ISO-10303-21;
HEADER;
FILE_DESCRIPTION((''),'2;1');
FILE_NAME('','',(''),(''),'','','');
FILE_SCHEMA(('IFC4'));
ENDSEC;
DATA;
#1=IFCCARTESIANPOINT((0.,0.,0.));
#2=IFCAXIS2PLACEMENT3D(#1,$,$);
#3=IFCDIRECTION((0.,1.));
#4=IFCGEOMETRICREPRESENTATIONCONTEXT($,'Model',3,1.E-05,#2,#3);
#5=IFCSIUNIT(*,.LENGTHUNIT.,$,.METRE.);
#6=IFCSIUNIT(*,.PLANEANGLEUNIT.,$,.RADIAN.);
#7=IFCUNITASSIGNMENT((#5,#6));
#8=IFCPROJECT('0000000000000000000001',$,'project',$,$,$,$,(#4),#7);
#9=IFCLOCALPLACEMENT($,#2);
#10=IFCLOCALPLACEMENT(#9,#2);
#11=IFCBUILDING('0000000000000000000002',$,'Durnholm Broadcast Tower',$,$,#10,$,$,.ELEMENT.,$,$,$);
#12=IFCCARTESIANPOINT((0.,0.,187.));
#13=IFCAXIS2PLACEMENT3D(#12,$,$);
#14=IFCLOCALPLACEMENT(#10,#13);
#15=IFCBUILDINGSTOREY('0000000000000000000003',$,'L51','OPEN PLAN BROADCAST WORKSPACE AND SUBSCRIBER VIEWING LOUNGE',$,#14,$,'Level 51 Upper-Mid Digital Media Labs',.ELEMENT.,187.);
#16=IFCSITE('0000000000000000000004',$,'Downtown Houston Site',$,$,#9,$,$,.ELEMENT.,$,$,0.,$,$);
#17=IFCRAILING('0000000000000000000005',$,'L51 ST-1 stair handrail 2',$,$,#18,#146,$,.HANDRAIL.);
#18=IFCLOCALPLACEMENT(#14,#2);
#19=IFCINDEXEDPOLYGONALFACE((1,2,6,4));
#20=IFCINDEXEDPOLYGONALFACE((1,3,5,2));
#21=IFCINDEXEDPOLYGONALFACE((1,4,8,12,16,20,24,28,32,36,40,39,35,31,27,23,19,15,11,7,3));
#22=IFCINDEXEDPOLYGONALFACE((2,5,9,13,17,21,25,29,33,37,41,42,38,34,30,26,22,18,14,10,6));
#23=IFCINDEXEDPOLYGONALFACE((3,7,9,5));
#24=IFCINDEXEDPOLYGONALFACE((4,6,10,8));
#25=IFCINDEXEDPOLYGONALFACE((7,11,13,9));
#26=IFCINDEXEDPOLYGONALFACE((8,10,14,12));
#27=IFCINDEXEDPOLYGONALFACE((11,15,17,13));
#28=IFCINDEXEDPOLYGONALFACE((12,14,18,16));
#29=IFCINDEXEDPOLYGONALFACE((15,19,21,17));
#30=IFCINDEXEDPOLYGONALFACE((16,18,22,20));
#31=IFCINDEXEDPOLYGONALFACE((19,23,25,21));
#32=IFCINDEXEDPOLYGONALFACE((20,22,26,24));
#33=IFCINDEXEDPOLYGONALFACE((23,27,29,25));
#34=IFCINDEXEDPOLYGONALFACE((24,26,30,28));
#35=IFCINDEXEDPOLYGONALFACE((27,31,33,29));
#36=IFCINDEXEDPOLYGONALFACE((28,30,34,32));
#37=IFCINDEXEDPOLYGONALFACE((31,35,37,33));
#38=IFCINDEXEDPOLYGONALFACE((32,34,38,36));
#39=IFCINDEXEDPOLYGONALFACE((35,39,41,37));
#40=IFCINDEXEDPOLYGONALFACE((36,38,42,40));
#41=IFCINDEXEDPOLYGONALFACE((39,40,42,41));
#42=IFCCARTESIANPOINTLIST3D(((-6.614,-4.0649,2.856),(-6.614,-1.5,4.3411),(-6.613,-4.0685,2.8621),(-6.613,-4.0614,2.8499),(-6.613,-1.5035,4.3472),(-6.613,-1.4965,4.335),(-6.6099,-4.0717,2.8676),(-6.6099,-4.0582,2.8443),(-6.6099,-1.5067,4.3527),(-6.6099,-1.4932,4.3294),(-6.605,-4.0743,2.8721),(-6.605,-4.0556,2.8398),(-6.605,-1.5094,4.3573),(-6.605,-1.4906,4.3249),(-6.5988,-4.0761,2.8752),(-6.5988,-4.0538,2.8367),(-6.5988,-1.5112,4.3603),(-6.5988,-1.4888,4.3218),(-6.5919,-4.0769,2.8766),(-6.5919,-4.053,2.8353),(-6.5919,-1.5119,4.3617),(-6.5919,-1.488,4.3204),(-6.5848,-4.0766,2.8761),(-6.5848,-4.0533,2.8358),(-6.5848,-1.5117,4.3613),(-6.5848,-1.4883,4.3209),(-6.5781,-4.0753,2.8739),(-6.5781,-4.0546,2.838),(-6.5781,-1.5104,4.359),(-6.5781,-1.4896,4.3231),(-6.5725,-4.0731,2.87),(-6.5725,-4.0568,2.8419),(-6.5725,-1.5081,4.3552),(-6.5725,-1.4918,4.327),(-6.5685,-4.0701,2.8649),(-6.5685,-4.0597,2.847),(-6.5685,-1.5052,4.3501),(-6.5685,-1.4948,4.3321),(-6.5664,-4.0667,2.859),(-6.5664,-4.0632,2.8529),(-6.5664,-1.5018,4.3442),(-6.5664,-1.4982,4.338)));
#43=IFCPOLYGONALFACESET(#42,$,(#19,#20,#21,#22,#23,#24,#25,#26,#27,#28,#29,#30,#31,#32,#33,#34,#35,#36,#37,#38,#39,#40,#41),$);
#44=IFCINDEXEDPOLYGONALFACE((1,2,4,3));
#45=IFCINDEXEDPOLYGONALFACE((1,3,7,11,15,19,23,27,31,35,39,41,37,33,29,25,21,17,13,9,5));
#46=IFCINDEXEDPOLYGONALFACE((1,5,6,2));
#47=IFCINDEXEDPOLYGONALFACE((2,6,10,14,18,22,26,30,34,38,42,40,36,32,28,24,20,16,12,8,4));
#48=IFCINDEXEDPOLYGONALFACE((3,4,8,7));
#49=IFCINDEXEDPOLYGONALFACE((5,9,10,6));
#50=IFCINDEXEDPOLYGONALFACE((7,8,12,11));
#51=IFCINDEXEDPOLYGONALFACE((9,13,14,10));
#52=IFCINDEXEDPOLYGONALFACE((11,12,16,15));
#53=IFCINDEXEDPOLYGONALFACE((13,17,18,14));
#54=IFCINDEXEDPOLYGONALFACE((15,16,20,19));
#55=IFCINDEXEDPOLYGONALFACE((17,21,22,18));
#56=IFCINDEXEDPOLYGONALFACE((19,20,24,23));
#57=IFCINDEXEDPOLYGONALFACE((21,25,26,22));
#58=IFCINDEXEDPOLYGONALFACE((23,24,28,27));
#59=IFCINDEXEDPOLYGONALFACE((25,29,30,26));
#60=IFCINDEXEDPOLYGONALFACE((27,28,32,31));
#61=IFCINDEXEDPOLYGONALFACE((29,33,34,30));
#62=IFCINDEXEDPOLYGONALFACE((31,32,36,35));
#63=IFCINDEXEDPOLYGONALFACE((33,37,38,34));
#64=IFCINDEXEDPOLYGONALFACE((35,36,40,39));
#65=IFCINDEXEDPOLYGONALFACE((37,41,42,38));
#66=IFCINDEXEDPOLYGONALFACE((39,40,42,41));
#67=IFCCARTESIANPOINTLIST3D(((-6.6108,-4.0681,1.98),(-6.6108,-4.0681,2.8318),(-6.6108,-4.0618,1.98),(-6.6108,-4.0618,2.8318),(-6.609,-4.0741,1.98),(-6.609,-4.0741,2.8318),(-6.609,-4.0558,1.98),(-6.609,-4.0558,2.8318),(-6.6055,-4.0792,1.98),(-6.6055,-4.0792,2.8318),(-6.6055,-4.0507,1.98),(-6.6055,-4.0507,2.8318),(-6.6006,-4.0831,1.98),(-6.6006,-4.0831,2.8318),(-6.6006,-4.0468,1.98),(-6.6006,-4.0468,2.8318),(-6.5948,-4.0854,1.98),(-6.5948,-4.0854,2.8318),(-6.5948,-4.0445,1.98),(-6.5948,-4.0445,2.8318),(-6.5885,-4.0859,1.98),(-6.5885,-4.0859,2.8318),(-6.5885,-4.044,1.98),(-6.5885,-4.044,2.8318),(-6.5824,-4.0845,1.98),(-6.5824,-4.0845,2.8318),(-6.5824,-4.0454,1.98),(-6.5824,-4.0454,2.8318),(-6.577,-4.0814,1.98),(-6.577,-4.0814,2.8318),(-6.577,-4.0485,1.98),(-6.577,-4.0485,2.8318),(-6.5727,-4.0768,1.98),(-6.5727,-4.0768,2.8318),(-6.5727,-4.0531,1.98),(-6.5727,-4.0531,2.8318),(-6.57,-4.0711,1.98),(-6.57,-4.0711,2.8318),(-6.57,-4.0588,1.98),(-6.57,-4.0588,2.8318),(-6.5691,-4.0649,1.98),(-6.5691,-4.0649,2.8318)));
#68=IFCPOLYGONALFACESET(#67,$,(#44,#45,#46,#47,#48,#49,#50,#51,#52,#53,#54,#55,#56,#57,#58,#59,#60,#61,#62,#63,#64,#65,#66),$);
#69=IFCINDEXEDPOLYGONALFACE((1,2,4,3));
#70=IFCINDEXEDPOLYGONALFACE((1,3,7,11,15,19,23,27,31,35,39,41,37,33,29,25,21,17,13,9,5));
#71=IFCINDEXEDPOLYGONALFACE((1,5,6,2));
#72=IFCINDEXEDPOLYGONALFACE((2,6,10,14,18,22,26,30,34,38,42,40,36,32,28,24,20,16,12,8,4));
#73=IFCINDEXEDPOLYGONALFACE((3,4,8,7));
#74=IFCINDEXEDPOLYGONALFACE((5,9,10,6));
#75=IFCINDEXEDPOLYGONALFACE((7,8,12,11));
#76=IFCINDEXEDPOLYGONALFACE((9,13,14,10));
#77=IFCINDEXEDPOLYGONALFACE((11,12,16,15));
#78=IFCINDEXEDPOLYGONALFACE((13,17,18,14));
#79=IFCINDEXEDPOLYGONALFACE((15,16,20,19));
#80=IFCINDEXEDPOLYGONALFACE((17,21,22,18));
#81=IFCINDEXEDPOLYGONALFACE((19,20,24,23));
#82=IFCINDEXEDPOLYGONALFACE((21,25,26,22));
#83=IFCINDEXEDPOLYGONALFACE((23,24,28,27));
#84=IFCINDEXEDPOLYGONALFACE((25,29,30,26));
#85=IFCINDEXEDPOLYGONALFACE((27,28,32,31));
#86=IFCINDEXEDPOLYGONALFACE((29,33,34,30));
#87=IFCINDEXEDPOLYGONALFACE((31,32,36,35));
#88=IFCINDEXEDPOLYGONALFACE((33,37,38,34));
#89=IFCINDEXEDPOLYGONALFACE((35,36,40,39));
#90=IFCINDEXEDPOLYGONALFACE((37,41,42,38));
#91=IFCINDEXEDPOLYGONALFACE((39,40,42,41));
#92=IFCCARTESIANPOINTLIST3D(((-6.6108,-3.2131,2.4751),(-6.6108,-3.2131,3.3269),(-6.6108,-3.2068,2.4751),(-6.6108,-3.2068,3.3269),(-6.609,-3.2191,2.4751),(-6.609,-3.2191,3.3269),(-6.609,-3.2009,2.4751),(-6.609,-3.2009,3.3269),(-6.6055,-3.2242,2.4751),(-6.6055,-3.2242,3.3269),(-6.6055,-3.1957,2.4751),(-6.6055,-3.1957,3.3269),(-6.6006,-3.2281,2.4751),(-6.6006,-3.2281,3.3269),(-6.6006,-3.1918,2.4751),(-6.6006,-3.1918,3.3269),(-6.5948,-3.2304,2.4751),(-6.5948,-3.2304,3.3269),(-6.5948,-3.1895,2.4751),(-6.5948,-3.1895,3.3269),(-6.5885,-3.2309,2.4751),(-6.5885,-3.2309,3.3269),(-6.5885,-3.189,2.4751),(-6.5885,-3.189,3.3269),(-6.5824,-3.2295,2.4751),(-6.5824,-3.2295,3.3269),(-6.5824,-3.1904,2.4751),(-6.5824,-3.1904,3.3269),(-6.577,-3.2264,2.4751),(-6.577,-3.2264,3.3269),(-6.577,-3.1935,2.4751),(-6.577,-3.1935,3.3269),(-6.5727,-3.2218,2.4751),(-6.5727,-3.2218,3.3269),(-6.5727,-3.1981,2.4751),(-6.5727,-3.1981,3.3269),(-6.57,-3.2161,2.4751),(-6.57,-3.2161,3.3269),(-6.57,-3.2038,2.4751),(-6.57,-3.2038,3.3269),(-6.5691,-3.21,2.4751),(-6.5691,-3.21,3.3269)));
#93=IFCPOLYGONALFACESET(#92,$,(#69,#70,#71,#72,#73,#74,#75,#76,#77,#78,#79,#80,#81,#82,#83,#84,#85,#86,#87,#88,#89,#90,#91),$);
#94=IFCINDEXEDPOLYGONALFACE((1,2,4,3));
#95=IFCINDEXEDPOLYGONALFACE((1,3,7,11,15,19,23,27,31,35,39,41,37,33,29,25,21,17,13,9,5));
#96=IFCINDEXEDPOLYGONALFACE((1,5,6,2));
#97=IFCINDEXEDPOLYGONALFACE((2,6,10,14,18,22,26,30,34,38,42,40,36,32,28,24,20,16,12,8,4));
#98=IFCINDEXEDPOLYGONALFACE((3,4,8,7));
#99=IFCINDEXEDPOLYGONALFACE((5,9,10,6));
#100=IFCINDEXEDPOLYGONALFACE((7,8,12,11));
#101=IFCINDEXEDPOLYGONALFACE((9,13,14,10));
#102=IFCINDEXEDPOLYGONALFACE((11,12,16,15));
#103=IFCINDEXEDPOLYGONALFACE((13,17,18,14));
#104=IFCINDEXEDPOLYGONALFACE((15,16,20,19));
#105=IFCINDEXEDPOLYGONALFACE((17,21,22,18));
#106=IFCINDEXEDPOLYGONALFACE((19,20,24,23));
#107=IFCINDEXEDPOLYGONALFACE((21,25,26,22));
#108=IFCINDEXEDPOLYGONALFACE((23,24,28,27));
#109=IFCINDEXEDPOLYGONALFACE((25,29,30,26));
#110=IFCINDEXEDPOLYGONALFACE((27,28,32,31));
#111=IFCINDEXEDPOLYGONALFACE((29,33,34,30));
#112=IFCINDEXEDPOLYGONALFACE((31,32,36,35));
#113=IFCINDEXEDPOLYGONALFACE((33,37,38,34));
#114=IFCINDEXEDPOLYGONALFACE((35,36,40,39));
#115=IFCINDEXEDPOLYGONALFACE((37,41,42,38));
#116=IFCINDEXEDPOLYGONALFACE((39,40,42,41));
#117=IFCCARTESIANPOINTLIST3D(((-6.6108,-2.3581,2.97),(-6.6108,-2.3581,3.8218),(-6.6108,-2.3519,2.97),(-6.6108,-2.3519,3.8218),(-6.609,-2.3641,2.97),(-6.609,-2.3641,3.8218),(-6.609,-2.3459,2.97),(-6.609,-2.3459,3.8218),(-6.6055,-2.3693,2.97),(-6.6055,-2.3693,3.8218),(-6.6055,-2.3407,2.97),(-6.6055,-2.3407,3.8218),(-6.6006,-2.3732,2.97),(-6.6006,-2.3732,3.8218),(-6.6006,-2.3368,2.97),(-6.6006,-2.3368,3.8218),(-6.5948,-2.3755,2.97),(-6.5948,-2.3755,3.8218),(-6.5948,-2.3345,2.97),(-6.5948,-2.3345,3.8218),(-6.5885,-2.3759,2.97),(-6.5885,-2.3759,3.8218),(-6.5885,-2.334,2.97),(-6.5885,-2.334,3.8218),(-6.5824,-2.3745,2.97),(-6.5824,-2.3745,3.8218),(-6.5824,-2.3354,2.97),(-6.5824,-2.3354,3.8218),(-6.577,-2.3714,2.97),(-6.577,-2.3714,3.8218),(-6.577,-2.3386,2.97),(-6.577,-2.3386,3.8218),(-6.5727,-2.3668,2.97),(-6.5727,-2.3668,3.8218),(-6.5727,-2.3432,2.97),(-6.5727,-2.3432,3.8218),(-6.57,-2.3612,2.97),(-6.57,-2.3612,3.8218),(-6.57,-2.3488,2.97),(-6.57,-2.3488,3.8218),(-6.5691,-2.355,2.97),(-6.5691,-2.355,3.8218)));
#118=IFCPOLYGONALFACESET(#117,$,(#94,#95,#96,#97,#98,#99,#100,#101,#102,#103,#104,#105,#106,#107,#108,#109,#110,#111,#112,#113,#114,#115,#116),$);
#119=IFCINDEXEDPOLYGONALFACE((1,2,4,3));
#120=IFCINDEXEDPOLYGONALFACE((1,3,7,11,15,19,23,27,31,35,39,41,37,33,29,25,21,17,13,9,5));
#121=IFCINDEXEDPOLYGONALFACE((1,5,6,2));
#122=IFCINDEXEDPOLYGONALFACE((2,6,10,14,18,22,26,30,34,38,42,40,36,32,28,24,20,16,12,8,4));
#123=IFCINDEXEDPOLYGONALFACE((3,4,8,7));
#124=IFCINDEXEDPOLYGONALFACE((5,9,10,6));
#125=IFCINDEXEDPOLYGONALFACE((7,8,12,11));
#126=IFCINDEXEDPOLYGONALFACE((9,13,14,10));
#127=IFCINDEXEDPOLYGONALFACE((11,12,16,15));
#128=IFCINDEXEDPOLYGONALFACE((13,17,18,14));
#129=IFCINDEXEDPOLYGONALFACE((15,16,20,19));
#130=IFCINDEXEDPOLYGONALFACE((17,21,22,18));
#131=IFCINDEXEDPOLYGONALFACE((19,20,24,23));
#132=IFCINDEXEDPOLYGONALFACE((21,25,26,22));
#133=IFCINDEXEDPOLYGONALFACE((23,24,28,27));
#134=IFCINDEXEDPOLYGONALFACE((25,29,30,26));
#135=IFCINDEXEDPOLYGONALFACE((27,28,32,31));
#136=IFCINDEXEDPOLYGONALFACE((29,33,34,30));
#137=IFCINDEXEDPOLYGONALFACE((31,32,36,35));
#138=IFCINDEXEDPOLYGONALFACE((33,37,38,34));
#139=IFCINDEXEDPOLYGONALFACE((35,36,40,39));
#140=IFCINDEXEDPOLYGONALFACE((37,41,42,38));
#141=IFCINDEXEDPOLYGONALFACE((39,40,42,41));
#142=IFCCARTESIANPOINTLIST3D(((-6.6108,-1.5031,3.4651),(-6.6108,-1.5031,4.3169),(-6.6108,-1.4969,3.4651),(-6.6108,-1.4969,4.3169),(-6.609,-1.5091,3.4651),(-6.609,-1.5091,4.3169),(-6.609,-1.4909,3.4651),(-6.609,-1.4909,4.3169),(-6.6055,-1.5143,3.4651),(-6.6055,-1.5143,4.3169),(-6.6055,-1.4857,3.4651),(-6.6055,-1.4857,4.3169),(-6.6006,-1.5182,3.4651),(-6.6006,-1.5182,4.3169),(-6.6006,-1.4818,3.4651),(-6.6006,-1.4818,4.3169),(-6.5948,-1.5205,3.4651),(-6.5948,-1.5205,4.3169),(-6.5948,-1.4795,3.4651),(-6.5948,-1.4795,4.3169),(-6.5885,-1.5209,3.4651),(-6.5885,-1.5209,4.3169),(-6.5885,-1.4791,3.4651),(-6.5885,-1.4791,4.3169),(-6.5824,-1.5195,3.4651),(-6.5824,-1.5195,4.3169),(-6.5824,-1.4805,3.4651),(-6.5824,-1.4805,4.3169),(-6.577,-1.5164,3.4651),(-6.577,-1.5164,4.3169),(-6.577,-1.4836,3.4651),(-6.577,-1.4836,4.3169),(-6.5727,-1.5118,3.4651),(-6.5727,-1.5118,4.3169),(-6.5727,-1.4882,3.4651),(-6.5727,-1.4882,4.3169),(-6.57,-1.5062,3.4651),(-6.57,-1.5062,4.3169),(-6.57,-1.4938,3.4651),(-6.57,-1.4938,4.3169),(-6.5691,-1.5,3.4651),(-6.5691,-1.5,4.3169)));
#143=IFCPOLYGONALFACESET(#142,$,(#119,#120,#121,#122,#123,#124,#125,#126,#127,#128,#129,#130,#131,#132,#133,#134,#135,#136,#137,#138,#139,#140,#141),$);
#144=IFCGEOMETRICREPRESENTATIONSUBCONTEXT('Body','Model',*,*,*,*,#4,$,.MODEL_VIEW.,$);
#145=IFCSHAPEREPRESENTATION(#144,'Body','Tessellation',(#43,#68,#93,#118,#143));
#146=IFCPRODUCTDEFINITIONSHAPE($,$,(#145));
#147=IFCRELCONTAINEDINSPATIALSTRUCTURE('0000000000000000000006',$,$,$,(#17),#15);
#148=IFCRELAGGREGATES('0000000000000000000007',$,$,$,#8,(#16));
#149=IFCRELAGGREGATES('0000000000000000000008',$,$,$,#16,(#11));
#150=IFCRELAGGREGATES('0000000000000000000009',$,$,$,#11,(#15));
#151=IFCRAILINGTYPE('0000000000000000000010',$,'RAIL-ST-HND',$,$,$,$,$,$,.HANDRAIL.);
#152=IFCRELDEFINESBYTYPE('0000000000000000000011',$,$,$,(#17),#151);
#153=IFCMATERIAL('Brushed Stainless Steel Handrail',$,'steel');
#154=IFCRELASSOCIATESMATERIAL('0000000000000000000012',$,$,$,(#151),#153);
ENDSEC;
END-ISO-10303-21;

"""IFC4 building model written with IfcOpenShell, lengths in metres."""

from ifc_helpers import new_model, si_unit, direction, frame, origin, origin_2d, place, context, subcontext, project, spatial, circle, extrude, material, type_object, element, save


model = new_model("IFC4")

# Units and contexts
model_context = context("Model", 3, precision=1e-05, world=origin(), true_north=direction((0.0, 1.0)))
body_context = subcontext(model_context, "Body", "Model", "MODEL_VIEW")
ifc_project = project(units=[si_unit("LENGTHUNIT", "METRE"), si_unit("PLANEANGLEUNIT", "RADIAN")], contexts=[model_context])

# Site, building, storey
site_placement = place(None, origin())
site = spatial("IfcSite", under=ifc_project, at=site_placement, Name="Downtown Houston Site", CompositionType="ELEMENT", RefElevation=0.0)
building_placement = place(site_placement, origin())
building = spatial("IfcBuilding", under=site, at=building_placement, Name="Durnholm Broadcast Tower", CompositionType="ELEMENT")
storey_placement = place(building_placement, frame((0.0, 0.0, 187.0)))
storey = spatial("IfcBuildingStorey", under=building, at=storey_placement, Name="L51", Description="OPEN PLAN BROADCAST WORKSPACE AND SUBSCRIBER VIEWING LOUNGE", LongName="Level 51 Upper-Mid Digital Media Labs", CompositionType="ELEMENT", Elevation=187.0)

# Railing
ifc_material_1 = material(Name="Brushed Stainless Steel Handrail", Category="steel")
railing_type_1 = type_object("IfcRailingType", Name="RAIL-ST-HND", PredefinedType="HANDRAIL", material=ifc_material_1)
railing_1_placement = place(storey_placement, frame((-6.5901, -4.0649, 1.98)))
element("IfcRailing", 1, at=railing_1_placement, inside=storey, type_object=railing_type_1, Name="L51 ST-1 stair handrail 2", PredefinedType="HANDRAIL", context=body_context, shape_type="SweptSolid", body=[
    extrude(circle(Radius=0.0239, at=origin_2d()), frame((0.0, 0.0, 0.876), z_axis=(0.0, 0.865406, 0.501072), x_axis=(-1.0, 0.0, 0.0)), (0.0, 0.0, 1.0), 2.9639),
    extrude(circle(Radius=0.021, at=origin_2d()), origin(), (0.0, 0.0, 1.0), 0.8518),
    extrude(circle(Radius=0.021, at=origin_2d()), frame((0.0, 0.855, 0.4951)), (0.0, 0.0, 1.0), 0.8518),
    extrude(circle(Radius=0.021, at=origin_2d()), frame((0.0, 1.71, 0.99)), (0.0, 0.0, 1.0), 0.8518),
    extrude(circle(Radius=0.021, at=origin_2d()), frame((0.0, 2.5649, 1.4851)), (0.0, 0.0, 1.0), 0.8518),
])

save(model, "model.ifc")
